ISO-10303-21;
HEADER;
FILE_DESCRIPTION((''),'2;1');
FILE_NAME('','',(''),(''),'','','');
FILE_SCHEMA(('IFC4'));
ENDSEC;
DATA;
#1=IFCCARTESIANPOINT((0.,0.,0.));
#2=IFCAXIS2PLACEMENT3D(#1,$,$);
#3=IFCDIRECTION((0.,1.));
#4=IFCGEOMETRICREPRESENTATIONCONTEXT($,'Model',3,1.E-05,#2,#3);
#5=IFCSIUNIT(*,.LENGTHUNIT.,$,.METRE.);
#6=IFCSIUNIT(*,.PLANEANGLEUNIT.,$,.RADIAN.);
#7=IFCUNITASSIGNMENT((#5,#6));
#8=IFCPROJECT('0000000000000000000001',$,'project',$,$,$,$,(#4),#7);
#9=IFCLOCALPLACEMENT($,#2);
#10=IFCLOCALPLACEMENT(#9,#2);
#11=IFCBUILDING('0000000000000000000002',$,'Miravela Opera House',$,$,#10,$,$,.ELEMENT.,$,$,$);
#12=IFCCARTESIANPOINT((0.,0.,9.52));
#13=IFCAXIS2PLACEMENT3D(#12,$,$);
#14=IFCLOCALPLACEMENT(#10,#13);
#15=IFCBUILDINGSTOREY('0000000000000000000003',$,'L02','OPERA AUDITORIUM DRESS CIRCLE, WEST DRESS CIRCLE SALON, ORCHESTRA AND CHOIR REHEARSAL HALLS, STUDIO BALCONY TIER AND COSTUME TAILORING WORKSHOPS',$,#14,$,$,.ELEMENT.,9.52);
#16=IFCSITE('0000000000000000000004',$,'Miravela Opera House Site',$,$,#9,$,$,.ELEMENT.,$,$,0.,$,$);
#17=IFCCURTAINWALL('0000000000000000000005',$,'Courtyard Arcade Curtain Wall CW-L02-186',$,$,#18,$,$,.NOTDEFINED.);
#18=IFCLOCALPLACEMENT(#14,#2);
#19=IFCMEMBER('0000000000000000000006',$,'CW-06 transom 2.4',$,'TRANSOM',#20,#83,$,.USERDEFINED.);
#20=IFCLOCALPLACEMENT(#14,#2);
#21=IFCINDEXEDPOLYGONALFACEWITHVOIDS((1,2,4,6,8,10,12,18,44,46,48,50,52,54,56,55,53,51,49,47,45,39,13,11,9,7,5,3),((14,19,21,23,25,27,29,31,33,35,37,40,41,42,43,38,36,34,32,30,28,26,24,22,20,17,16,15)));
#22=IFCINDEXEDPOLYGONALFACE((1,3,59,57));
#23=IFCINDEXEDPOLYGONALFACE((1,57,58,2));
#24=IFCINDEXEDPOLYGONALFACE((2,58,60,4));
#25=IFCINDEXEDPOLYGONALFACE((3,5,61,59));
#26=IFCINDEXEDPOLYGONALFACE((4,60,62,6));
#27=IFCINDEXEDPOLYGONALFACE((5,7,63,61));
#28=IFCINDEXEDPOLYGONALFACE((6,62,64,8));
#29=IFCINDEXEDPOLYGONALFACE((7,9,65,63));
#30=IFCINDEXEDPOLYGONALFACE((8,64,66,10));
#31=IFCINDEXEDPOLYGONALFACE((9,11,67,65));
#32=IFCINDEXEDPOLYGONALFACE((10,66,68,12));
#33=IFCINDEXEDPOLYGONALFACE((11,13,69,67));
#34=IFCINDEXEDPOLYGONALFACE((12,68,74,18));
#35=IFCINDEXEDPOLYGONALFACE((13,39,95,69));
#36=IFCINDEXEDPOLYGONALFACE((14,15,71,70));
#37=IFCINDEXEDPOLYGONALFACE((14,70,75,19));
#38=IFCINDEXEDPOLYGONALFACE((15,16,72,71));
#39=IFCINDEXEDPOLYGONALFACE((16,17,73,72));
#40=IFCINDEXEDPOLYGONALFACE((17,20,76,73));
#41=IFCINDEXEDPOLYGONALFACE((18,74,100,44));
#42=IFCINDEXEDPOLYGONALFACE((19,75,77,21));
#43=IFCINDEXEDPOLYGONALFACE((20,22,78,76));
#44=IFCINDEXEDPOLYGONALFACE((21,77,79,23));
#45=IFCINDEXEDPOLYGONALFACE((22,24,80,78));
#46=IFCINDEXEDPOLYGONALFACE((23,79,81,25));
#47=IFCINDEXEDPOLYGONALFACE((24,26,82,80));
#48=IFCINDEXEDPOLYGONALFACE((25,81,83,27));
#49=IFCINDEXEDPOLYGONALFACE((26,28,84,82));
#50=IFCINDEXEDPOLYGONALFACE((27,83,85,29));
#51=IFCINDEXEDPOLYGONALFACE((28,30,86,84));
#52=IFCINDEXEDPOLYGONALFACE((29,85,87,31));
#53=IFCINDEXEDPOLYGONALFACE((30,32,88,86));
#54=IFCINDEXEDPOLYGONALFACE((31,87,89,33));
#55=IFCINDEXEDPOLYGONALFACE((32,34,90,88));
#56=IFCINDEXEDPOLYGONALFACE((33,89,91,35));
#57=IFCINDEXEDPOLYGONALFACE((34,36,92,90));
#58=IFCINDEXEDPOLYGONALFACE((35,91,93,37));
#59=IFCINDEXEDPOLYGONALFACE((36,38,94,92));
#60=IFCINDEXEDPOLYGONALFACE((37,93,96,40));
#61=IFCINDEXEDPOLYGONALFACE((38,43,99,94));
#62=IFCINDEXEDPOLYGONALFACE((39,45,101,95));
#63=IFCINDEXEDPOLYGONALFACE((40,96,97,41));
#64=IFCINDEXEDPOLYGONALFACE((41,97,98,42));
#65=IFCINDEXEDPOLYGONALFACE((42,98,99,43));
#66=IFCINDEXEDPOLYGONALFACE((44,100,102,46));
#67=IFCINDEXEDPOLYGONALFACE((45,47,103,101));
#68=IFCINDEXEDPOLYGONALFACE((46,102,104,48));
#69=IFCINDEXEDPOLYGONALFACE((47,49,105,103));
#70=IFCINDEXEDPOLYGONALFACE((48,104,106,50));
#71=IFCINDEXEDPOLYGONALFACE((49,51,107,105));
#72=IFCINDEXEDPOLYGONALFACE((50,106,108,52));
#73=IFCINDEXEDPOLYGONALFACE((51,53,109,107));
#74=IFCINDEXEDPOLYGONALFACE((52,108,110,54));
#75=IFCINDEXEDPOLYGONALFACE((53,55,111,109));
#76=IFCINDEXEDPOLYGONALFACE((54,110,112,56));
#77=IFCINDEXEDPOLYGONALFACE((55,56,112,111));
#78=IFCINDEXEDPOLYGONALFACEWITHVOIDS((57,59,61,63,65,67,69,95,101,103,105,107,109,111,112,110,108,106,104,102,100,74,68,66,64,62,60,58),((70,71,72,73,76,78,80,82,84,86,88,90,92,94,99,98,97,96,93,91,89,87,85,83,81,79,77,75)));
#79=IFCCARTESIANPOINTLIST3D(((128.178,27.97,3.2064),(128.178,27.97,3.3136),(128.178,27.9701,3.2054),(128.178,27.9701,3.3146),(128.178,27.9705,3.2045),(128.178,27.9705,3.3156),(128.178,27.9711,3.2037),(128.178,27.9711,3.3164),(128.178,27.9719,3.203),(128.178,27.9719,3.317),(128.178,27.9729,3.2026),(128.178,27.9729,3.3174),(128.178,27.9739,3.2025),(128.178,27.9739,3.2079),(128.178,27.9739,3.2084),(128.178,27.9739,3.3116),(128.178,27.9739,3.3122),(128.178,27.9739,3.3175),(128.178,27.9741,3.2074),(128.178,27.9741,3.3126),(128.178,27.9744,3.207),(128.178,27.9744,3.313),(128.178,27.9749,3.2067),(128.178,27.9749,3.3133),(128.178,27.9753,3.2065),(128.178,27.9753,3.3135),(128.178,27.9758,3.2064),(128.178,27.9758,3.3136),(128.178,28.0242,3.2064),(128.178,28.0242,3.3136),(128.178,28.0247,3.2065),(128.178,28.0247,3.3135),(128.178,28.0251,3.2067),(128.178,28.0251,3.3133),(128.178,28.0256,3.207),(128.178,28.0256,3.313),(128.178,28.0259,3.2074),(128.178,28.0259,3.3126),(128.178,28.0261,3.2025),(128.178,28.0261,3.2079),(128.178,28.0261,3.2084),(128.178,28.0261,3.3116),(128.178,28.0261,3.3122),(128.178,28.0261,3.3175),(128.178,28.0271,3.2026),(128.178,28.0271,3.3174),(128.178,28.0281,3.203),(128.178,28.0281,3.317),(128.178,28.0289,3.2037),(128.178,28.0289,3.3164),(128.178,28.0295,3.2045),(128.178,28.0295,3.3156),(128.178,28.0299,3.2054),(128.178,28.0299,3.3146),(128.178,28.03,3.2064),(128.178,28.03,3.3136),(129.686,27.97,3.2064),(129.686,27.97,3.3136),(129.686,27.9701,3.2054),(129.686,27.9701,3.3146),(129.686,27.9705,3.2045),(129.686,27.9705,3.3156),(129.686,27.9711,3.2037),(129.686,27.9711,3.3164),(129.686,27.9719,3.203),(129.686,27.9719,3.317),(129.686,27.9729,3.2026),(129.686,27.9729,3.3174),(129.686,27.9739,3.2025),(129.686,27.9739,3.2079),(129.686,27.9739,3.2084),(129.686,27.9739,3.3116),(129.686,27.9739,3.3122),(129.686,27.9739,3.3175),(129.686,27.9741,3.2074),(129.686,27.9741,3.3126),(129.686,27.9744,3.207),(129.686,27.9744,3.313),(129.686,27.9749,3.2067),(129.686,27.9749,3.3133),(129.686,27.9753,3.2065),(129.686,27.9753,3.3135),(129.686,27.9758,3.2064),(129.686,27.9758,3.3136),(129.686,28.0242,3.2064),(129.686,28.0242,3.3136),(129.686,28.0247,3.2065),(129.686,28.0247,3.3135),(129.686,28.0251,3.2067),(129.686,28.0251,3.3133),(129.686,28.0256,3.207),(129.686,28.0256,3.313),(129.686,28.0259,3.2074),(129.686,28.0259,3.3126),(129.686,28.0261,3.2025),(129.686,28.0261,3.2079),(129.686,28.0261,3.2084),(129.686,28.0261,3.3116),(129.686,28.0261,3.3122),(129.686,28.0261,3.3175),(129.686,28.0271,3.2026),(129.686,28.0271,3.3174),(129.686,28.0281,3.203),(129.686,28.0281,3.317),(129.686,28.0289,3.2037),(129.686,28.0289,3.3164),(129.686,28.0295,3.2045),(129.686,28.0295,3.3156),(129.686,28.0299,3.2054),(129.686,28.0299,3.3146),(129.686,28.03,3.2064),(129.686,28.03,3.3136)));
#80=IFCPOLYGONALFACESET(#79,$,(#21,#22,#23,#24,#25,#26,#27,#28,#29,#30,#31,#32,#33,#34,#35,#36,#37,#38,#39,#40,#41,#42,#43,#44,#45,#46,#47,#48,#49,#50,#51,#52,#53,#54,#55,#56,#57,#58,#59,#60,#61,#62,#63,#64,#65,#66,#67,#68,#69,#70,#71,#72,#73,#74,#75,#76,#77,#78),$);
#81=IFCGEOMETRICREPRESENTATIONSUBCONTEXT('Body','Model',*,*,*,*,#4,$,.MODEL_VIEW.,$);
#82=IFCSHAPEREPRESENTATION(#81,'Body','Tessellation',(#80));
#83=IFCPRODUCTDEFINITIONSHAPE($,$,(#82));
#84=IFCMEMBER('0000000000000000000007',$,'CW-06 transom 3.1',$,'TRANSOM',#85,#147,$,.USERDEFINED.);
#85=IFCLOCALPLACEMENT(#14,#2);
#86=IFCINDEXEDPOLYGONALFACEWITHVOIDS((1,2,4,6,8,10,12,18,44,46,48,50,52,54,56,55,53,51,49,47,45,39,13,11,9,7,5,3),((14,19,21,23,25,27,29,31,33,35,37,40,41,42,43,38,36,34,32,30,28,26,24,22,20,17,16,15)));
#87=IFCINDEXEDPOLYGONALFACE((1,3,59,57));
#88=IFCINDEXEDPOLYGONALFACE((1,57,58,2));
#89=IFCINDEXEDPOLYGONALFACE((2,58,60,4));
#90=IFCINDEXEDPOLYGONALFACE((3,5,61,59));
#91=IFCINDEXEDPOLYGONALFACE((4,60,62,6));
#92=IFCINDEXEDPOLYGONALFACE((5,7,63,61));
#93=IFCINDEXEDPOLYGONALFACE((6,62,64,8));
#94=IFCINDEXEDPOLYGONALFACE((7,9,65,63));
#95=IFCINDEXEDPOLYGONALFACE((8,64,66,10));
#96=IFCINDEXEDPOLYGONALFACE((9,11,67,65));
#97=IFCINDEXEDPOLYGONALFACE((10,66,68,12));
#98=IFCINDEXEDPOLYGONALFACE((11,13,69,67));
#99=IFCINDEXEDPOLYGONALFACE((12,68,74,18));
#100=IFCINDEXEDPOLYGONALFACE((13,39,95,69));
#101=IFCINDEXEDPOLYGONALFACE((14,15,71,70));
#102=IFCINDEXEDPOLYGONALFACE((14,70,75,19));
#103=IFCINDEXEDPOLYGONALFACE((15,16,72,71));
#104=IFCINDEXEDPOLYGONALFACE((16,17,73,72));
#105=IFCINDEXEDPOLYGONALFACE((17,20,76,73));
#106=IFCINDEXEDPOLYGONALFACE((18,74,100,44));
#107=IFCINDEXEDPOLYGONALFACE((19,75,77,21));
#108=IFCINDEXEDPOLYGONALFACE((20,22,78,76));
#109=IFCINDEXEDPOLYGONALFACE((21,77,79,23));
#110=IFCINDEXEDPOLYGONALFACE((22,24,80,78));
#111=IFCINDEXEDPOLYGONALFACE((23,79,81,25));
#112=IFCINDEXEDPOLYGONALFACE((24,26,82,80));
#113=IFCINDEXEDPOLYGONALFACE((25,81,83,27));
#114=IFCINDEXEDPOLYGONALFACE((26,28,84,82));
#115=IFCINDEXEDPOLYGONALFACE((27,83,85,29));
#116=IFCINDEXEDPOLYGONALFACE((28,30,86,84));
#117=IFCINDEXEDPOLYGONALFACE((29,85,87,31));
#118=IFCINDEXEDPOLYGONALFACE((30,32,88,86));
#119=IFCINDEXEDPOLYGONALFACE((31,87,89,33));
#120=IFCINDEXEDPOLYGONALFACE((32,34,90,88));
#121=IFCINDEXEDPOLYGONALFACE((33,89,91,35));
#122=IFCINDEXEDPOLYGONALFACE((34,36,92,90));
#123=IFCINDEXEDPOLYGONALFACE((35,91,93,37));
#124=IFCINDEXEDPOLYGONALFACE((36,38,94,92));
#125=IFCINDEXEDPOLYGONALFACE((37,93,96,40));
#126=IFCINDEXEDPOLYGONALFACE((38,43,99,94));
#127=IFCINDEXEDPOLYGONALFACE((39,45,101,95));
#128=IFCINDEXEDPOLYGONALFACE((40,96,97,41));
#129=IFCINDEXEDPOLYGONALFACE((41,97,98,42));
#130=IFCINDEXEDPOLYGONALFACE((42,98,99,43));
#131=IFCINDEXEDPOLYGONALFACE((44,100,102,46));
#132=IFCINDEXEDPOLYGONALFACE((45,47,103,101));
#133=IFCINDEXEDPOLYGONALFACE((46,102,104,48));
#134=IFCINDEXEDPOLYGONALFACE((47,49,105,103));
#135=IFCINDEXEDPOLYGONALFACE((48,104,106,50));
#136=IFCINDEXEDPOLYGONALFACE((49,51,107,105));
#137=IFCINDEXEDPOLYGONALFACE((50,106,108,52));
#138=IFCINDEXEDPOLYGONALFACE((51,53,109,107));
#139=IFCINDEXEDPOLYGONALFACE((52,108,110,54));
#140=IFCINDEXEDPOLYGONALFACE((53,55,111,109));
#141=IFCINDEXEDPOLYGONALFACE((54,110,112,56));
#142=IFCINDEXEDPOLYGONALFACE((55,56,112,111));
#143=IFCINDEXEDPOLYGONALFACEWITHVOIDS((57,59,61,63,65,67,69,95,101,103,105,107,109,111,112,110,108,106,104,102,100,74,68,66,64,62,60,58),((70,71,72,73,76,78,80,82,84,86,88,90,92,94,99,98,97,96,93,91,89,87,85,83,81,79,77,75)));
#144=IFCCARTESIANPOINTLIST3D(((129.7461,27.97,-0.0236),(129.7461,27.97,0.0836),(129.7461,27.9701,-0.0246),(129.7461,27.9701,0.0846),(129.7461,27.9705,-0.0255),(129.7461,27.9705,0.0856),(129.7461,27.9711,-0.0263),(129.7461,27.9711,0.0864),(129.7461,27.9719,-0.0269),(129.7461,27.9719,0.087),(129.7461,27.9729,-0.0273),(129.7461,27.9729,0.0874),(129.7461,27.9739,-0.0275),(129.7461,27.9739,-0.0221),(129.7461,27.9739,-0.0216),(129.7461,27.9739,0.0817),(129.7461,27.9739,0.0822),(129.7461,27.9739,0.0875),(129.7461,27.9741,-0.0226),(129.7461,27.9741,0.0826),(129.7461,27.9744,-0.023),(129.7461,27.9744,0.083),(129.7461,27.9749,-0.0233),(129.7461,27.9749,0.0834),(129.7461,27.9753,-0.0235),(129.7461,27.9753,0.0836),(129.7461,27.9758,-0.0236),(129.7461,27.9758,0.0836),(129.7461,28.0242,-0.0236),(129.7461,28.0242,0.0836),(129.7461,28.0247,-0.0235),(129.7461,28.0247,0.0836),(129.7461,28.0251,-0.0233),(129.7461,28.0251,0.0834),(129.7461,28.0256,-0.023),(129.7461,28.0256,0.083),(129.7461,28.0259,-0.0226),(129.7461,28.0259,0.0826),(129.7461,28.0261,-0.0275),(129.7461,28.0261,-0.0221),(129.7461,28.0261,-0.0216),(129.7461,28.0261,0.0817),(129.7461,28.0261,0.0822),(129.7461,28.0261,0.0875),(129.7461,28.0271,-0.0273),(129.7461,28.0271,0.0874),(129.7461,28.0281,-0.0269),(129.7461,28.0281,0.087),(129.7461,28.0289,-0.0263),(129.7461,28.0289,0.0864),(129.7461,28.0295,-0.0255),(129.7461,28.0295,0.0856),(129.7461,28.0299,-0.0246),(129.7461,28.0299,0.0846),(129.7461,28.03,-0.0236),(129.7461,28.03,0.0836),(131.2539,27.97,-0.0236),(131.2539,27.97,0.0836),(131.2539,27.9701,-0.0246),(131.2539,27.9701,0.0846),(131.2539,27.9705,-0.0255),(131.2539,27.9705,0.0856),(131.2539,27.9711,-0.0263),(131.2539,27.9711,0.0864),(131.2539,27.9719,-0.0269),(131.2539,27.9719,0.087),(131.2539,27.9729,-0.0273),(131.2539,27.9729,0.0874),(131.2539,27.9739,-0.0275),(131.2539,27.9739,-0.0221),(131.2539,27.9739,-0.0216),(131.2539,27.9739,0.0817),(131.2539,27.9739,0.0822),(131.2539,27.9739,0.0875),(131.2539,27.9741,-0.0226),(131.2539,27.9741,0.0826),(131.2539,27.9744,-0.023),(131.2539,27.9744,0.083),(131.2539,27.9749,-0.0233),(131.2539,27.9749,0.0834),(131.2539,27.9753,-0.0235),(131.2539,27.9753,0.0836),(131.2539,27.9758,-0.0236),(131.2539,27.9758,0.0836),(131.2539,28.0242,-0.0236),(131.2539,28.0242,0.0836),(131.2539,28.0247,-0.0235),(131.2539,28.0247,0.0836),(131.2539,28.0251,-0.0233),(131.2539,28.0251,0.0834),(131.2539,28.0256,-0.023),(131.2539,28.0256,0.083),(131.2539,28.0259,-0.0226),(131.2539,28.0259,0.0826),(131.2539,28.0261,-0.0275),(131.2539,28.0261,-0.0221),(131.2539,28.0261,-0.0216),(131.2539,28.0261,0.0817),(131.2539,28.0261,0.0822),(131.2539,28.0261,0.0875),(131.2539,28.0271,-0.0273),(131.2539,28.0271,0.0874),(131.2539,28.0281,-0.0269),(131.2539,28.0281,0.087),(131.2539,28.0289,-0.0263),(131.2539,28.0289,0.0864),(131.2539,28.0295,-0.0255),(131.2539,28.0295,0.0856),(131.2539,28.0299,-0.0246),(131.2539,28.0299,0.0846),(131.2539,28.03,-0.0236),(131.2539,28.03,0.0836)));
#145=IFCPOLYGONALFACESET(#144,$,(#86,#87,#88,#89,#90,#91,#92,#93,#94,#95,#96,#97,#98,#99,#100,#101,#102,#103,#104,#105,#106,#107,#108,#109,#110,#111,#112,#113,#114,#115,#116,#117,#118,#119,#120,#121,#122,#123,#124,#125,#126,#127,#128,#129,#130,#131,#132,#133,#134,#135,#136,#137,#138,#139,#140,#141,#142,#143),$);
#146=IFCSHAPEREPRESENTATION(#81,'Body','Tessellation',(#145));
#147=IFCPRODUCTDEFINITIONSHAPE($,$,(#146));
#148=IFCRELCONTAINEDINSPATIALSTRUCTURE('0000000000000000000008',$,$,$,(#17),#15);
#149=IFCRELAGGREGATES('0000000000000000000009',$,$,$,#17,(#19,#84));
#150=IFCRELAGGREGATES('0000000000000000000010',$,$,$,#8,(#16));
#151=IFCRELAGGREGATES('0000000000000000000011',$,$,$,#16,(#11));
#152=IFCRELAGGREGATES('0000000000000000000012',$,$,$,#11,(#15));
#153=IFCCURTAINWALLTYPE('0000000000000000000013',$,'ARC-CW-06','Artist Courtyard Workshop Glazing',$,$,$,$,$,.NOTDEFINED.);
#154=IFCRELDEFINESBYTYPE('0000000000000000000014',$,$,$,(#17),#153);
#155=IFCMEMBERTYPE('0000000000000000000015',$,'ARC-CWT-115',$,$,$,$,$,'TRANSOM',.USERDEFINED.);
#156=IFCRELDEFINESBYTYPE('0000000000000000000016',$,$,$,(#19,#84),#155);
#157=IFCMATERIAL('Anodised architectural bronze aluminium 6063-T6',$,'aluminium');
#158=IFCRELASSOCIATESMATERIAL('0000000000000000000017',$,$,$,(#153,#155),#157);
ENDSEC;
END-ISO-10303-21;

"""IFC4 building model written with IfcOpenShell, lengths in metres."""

from ifc_helpers import new_model, si_unit, direction, frame, origin, origin_2d, place, context, subcontext, project, spatial, hollow_rectangle, extrude, material, material_profile, profile_set, type_object, element, aggregate, save


model = new_model("IFC4")

# Units and contexts
model_context = context("Model", 3, precision=1e-05, world=origin(), true_north=direction((0.0, 1.0)))
body_context = subcontext(model_context, "Body", "Model", "MODEL_VIEW")
ifc_project = project(units=[si_unit("LENGTHUNIT", "METRE"), si_unit("PLANEANGLEUNIT", "RADIAN")], contexts=[model_context])

# Site, building, storey
site_placement = place(None, origin())
site = spatial("IfcSite", under=ifc_project, at=site_placement, Name="Miravela Opera House Site", CompositionType="ELEMENT", RefElevation=0.0)
building_placement = place(site_placement, origin())
building = spatial("IfcBuilding", under=site, at=building_placement, Name="Miravela Opera House", CompositionType="ELEMENT")
storey_placement = place(building_placement, frame((0.0, 0.0, 9.52)))
storey = spatial("IfcBuildingStorey", under=building, at=storey_placement, Name="L02", Description="OPERA AUDITORIUM DRESS CIRCLE, WEST DRESS CIRCLE SALON, ORCHESTRA AND CHOIR REHEARSAL HALLS, STUDIO BALCONY TIER AND COSTUME TAILORING WORKSHOPS", CompositionType="ELEMENT", Elevation=9.52)

# Curtain wall, members
ifc_material_1 = material(Name="Anodised architectural bronze aluminium 6063-T6", Category="aluminium")
curtain_wall_type = type_object("IfcCurtainWallType", Name="ARC-CW-06", Description="Artist Courtyard Workshop Glazing", PredefinedType="NOTDEFINED", material=ifc_material_1)
curtain_wall_placement = place(storey_placement, origin())
curtain_wall = element("IfcCurtainWall", 1, at=curtain_wall_placement, inside=storey, type_object=curtain_wall_type, Name="Courtyard Arcade Curtain Wall CW-L02-186", PredefinedType="NOTDEFINED")
ifc_material_profile_1 = material_profile(ifc_material_1, hollow_rectangle(XDim=0.0601, YDim=0.115, WallThickness=0.0039, InnerFilletRadius=0.002, OuterFilletRadius=0.0039, at=origin_2d()), Name="CWT-60X115")
ifc_profile_set_1 = profile_set([ifc_material_profile_1])
member_type_1 = type_object("IfcMemberType", Name="ARC-CWT-115", ElementType="TRANSOM", PredefinedType="USERDEFINED", material=ifc_profile_set_1)
member_1_placement = place(storey_placement, frame((128.178, 28.0, 3.26), z_axis=(1.0, 0.0, 0.0), x_axis=(0.0, 1.0, 0.0)))
member_1 = element("IfcMember", 2, at=member_1_placement, type_object=member_type_1, Name="CW-06 transom 2.4", ObjectType="TRANSOM", PredefinedType="USERDEFINED", context=body_context, shape_type="SweptSolid", body=[
    extrude(hollow_rectangle(XDim=0.0601, YDim=0.115, WallThickness=0.0039, InnerFilletRadius=0.002, OuterFilletRadius=0.0039, at=origin_2d()), origin(), (0.0, 0.0, 1.0), 1.5081),
])
member_2_placement = place(storey_placement, frame((129.7461, 28.0, 0.03), z_axis=(1.0, 0.0, 0.0), x_axis=(0.0, 1.0, 0.0)))
member_2 = element("IfcMember", 3, at=member_2_placement, type_object=member_type_1, Name="CW-06 transom 3.1", ObjectType="TRANSOM", PredefinedType="USERDEFINED", context=body_context, shape_type="SweptSolid", body=[
    extrude(hollow_rectangle(XDim=0.0601, YDim=0.115, WallThickness=0.0039, InnerFilletRadius=0.002, OuterFilletRadius=0.0039, at=origin_2d()), origin(), (0.0, 0.0, 1.0), 1.5078),
])

aggregate(curtain_wall, [member_1, member_2])

save(model, "model.ifc")
